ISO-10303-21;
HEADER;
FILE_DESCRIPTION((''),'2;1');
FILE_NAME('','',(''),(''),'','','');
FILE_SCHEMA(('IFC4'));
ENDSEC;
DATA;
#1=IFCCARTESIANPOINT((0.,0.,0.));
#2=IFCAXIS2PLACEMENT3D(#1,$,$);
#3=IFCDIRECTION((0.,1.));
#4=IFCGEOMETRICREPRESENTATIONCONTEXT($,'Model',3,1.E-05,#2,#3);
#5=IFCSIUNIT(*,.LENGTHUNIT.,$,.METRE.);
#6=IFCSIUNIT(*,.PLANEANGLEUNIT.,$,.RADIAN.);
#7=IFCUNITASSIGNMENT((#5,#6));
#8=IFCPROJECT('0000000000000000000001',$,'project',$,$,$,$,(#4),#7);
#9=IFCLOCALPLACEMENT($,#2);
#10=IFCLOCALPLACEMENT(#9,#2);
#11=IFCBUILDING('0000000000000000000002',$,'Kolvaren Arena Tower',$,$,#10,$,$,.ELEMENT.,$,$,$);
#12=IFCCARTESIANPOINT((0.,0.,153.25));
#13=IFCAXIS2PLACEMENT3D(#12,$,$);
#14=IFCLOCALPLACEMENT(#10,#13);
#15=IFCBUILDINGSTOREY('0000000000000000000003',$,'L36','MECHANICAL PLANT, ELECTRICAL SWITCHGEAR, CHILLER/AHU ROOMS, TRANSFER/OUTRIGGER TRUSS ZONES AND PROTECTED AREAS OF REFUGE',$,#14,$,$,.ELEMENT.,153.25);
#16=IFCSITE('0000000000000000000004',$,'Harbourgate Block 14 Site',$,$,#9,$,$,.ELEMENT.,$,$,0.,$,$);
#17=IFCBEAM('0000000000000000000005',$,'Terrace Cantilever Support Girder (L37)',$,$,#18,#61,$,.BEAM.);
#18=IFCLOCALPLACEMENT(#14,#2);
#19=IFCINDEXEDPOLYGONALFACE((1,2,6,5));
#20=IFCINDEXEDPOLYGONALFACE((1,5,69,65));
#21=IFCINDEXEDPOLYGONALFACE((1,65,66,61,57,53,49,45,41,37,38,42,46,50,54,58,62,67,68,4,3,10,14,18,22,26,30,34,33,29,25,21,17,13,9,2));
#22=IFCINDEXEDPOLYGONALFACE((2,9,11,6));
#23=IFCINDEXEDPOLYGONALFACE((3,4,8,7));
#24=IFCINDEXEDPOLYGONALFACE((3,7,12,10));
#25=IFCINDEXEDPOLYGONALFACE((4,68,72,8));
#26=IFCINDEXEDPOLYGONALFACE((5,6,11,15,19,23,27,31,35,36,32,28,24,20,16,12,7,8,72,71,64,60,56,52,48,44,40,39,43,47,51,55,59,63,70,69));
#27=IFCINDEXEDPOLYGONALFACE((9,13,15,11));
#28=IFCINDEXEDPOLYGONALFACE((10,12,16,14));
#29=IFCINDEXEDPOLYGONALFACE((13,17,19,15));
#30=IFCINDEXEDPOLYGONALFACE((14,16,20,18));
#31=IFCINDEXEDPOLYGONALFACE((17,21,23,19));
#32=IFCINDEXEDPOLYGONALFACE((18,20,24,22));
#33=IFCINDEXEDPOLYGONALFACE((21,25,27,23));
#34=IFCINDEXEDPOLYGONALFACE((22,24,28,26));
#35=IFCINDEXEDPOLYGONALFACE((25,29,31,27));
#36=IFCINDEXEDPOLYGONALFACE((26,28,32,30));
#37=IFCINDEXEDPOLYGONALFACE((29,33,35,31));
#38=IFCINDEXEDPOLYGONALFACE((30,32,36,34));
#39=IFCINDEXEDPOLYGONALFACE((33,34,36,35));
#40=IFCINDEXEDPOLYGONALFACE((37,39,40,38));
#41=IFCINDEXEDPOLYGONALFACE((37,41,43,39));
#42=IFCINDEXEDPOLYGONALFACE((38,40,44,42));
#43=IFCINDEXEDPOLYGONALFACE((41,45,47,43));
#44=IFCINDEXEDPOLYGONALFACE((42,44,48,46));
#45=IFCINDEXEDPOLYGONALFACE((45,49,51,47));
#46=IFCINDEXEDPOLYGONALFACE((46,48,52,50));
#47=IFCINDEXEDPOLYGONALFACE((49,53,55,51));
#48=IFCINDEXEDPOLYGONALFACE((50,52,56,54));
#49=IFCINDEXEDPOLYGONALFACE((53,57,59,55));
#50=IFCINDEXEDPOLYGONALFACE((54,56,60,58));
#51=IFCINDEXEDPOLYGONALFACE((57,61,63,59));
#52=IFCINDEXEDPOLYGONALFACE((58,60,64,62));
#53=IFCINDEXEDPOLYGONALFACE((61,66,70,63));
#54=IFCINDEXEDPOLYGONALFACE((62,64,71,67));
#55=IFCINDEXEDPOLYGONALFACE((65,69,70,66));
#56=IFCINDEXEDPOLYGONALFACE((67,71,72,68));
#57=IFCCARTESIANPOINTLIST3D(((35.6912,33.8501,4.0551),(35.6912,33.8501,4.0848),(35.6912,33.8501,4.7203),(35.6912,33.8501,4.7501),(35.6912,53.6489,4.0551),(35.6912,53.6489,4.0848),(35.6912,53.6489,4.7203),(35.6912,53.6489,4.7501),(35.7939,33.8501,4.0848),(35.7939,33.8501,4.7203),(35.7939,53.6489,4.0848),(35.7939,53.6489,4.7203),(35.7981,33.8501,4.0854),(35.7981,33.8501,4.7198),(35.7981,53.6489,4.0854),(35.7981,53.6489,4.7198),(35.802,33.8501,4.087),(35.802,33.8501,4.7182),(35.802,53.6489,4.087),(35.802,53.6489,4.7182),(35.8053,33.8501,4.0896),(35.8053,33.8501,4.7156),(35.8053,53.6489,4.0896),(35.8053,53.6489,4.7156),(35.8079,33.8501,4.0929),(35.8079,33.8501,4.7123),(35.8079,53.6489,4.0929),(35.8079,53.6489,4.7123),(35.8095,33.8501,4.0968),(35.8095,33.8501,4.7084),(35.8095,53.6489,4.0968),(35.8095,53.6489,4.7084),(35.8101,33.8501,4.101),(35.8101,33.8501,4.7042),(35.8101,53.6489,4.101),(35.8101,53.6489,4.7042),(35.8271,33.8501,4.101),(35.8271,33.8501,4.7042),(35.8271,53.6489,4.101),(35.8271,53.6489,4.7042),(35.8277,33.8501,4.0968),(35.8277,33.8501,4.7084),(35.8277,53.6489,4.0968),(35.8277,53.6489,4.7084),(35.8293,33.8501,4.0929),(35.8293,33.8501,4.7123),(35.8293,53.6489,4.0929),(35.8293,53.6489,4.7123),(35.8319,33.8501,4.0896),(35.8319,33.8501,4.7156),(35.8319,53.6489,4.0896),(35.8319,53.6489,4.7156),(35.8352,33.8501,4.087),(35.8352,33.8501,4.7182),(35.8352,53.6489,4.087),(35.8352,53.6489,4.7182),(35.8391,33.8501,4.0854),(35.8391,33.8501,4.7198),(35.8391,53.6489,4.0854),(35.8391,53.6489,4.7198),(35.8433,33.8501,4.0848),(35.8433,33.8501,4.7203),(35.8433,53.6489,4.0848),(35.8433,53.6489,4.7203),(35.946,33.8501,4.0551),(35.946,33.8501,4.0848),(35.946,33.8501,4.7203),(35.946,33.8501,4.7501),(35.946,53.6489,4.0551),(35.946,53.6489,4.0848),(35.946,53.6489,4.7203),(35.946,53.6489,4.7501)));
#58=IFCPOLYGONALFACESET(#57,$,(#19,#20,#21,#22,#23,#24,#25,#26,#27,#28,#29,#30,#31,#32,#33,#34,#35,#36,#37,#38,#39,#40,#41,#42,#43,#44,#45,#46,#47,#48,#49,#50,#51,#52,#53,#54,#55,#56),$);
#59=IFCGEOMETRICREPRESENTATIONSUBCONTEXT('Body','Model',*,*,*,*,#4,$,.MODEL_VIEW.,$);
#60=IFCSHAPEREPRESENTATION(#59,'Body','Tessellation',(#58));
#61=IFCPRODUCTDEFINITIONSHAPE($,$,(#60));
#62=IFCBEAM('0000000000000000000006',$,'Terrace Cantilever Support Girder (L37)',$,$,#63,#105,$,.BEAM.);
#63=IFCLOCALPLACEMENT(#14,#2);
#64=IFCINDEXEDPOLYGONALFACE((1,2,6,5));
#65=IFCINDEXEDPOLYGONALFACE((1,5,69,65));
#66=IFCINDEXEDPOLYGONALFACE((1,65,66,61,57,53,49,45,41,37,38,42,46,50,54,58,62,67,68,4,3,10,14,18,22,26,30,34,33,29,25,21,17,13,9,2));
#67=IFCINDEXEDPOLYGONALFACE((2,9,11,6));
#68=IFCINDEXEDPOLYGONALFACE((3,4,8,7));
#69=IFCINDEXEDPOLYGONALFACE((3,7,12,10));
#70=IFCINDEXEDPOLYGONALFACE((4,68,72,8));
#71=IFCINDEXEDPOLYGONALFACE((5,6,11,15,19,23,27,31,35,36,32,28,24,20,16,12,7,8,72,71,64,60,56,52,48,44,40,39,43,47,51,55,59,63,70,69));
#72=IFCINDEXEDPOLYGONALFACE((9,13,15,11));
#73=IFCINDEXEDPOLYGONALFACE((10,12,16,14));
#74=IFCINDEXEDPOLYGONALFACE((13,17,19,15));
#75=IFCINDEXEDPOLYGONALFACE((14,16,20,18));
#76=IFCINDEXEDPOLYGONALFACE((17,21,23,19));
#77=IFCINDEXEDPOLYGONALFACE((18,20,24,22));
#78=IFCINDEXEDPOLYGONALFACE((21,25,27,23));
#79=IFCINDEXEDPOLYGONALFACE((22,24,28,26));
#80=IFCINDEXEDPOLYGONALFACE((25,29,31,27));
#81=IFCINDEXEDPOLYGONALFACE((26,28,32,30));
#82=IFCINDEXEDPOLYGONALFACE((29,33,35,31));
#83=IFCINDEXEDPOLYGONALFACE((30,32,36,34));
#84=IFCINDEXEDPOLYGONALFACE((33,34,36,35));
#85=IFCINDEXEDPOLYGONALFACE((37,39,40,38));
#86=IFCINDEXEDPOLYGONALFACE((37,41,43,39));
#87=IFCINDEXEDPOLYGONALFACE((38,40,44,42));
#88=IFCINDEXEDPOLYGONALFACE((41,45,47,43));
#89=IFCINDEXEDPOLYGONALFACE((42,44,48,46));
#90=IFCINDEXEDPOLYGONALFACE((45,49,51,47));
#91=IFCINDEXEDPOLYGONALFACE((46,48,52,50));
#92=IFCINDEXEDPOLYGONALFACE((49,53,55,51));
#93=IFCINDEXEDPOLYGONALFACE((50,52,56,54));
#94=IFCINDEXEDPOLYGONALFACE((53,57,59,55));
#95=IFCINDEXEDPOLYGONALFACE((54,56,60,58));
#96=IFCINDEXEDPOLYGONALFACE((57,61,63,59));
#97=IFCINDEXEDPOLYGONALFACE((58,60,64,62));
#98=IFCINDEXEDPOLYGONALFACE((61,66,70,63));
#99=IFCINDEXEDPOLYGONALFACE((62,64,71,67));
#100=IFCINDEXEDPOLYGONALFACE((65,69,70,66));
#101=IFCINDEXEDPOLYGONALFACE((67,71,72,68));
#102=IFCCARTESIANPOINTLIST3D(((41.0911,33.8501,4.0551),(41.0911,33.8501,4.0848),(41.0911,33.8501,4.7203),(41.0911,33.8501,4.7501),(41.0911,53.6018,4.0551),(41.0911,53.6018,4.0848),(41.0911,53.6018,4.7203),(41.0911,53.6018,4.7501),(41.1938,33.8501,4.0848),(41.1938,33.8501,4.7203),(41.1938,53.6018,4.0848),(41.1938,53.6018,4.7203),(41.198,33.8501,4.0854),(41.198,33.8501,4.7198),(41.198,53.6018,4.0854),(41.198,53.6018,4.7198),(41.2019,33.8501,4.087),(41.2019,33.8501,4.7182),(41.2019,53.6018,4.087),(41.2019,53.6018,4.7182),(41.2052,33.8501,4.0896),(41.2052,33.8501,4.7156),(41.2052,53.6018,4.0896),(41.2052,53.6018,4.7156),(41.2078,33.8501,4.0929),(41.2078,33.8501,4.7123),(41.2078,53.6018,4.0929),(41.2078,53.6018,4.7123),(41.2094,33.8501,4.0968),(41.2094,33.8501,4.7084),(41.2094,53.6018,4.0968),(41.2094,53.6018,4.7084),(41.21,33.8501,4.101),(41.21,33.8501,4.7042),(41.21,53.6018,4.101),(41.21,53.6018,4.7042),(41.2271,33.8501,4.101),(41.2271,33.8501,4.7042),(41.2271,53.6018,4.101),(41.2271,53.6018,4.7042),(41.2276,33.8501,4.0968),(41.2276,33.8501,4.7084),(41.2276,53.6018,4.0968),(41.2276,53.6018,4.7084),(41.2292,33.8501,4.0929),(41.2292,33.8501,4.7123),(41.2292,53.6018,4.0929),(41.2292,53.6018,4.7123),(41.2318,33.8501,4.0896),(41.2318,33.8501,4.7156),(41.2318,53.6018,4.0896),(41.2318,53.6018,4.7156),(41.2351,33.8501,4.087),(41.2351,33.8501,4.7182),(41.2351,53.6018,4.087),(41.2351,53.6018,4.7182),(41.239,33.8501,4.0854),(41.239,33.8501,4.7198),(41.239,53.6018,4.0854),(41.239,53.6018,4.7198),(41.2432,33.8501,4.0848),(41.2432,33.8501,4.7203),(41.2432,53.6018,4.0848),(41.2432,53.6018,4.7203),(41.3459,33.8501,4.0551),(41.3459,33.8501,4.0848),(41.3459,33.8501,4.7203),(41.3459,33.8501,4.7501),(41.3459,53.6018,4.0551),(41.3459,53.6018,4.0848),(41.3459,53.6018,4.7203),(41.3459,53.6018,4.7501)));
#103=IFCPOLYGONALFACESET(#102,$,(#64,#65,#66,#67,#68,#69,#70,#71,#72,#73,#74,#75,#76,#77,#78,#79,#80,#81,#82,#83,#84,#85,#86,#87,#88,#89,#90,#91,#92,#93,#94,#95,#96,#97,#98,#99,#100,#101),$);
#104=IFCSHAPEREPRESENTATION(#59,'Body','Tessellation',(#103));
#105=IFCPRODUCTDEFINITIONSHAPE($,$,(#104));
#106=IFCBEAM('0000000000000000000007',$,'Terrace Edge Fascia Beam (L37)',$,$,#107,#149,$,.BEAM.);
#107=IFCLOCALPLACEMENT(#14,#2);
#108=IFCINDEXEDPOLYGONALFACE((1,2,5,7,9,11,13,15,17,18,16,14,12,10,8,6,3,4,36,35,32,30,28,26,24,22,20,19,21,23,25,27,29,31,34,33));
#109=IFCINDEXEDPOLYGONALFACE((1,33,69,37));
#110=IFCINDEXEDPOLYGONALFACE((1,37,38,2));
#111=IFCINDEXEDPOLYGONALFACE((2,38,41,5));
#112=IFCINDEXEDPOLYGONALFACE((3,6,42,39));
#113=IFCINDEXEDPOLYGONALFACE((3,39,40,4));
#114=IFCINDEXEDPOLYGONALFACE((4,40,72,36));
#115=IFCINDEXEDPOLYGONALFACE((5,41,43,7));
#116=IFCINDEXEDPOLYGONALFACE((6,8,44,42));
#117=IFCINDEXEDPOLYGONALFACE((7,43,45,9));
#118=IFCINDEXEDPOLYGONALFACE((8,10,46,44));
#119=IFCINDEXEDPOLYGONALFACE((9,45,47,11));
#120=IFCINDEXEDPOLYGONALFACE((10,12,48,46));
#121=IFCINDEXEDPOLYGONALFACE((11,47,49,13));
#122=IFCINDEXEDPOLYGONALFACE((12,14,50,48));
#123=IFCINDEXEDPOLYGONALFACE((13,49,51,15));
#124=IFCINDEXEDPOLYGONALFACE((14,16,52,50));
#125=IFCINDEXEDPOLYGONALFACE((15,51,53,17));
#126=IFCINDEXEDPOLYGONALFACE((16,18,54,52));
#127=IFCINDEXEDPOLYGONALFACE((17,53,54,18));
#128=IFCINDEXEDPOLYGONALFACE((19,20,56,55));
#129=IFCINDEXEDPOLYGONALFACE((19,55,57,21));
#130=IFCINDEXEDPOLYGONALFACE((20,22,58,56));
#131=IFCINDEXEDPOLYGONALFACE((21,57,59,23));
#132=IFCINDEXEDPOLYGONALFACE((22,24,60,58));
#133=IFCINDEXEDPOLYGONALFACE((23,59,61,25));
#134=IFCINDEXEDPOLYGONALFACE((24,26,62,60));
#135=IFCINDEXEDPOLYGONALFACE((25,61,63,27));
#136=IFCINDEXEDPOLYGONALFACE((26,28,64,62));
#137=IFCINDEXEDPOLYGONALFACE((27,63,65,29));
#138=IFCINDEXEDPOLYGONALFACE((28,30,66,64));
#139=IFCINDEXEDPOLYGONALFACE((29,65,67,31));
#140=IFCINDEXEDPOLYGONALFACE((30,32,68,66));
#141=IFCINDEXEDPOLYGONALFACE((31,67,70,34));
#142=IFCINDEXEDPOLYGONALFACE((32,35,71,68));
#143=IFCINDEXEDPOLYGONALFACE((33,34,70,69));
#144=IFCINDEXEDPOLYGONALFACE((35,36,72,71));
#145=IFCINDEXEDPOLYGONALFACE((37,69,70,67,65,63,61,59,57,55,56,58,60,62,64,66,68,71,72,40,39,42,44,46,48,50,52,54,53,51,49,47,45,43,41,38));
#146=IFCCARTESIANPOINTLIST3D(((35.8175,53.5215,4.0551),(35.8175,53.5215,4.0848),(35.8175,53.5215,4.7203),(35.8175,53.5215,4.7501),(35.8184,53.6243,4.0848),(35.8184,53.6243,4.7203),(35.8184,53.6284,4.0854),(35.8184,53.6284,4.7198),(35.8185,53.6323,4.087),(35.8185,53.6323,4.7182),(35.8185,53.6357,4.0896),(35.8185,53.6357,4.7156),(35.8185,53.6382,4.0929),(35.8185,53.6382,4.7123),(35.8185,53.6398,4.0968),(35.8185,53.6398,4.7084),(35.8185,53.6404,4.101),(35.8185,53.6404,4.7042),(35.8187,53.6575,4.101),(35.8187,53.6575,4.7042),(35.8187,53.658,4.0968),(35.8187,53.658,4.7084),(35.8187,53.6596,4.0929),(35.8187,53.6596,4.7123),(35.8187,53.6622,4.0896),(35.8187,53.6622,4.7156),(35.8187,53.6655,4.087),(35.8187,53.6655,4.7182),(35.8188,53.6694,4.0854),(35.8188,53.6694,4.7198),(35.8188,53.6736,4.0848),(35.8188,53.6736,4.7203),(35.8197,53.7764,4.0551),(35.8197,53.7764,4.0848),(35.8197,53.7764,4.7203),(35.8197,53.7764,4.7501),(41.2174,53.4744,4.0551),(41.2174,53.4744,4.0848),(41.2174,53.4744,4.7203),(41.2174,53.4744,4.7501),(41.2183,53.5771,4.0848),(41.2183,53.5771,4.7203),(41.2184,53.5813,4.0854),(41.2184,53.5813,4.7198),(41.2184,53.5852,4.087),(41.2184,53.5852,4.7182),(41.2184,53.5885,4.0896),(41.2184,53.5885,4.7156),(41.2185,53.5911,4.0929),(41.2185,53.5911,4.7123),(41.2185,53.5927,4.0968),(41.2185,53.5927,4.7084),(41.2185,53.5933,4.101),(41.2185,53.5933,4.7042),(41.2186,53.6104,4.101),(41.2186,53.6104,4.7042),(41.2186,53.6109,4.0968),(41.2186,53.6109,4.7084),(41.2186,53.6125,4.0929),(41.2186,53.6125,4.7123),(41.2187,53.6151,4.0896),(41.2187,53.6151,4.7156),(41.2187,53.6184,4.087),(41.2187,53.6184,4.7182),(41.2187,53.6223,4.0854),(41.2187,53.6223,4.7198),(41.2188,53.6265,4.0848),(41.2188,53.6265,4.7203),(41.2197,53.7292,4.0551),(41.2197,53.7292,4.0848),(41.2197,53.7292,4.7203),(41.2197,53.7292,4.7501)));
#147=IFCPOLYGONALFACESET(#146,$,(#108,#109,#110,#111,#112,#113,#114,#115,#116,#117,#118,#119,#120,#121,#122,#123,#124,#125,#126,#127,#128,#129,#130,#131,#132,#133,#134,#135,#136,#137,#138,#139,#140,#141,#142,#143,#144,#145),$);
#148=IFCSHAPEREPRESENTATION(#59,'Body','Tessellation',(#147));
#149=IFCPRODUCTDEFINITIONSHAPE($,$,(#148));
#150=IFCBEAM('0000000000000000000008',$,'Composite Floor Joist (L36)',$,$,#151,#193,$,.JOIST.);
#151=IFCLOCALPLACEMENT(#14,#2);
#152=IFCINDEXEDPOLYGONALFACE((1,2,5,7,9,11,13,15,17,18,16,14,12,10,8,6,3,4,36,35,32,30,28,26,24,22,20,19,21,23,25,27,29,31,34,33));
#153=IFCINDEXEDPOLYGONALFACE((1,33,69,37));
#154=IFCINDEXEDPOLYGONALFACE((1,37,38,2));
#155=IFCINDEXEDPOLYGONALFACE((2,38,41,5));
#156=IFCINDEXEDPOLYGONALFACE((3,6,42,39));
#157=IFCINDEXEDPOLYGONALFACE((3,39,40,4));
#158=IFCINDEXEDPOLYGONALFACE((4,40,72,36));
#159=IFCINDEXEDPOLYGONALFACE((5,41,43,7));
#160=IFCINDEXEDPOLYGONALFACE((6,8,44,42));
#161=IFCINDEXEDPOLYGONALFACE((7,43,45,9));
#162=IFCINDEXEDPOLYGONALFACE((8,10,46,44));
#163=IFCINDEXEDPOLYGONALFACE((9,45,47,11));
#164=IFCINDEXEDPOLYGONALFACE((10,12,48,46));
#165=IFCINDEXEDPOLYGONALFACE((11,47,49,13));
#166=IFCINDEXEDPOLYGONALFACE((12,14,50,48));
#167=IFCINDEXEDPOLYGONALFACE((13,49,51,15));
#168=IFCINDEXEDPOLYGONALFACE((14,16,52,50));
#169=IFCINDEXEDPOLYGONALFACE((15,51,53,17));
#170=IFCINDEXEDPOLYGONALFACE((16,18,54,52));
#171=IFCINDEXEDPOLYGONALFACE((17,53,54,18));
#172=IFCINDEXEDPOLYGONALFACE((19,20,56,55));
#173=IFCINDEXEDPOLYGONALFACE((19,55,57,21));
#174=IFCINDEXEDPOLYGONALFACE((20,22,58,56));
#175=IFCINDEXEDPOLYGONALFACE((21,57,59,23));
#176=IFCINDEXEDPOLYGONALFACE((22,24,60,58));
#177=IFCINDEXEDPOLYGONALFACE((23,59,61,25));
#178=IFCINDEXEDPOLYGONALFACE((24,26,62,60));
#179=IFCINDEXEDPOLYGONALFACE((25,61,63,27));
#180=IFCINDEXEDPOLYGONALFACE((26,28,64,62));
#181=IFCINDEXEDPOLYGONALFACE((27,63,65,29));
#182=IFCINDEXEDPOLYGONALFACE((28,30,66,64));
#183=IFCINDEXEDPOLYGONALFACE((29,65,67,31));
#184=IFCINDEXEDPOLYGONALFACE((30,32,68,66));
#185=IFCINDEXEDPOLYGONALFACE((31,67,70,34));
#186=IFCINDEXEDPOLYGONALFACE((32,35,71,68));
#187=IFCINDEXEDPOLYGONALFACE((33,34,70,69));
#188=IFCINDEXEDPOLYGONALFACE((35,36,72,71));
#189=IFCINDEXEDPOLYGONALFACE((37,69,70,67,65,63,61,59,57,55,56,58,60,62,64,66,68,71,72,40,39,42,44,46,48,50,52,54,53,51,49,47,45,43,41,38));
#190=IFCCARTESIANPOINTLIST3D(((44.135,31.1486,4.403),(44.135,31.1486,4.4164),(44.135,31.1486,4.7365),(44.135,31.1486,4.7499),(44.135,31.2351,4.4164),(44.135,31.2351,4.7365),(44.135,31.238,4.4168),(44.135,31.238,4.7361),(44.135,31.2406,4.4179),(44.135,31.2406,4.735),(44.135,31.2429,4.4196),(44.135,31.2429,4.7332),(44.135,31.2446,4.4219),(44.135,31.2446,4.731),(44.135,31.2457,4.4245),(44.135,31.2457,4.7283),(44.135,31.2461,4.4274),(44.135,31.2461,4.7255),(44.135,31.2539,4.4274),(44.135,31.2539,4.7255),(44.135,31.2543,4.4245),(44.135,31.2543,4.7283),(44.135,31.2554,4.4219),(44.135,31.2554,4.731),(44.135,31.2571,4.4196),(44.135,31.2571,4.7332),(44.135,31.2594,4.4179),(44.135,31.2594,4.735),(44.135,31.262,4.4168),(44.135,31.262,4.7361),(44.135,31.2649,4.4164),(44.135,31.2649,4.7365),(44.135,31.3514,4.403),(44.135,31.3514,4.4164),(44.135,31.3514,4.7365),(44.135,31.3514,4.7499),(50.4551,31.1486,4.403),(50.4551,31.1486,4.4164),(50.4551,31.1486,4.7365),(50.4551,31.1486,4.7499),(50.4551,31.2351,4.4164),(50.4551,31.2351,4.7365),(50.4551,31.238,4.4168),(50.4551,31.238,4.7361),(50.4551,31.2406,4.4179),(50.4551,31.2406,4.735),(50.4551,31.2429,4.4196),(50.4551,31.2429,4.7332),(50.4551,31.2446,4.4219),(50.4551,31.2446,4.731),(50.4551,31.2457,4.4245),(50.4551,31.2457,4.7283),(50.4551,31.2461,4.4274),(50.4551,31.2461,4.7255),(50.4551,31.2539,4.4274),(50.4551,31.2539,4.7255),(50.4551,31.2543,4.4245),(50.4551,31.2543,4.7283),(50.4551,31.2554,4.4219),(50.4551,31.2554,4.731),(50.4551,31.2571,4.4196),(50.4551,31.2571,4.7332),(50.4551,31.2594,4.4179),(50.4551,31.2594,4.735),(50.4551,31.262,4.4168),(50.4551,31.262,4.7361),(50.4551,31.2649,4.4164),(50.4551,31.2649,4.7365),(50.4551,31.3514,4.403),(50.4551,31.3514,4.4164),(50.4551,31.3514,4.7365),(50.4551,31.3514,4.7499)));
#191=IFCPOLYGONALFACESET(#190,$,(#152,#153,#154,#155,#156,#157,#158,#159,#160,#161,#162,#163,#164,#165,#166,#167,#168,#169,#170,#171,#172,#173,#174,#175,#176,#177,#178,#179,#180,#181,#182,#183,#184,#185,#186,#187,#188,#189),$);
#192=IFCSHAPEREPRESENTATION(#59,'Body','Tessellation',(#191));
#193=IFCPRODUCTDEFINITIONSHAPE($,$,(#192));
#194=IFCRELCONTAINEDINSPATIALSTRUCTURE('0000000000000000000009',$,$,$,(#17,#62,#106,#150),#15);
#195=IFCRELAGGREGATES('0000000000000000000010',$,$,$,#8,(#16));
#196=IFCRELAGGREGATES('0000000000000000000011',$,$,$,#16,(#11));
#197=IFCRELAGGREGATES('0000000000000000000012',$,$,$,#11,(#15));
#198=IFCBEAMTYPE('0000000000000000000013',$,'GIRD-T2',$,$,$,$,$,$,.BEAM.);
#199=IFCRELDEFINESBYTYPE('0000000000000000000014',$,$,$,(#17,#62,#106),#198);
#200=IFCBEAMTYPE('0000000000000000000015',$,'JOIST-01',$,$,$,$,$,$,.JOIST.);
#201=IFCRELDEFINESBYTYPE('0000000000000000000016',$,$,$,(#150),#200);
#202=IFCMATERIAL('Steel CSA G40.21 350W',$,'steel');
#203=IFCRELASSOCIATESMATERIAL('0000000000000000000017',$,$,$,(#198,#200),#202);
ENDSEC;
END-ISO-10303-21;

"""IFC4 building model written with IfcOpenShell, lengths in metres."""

from ifc_helpers import new_model, si_unit, direction, frame, origin, origin_2d, place, context, subcontext, project, spatial, i_section, extrude, material, material_profile, profile_set, type_object, element, save


model = new_model("IFC4")

# Units and contexts
model_context = context("Model", 3, precision=1e-05, world=origin(), true_north=direction((0.0, 1.0)))
body_context = subcontext(model_context, "Body", "Model", "MODEL_VIEW")
ifc_project = project(units=[si_unit("LENGTHUNIT", "METRE"), si_unit("PLANEANGLEUNIT", "RADIAN")], contexts=[model_context])

# Site, building, storey
site_placement = place(None, origin())
site = spatial("IfcSite", under=ifc_project, at=site_placement, Name="Harbourgate Block 14 Site", CompositionType="ELEMENT", RefElevation=0.0)
building_placement = place(site_placement, origin())
building = spatial("IfcBuilding", under=site, at=building_placement, Name="Kolvaren Arena Tower", CompositionType="ELEMENT")
storey_placement = place(building_placement, frame((0.0, 0.0, 153.25)))
storey = spatial("IfcBuildingStorey", under=building, at=storey_placement, Name="L36", Description="MECHANICAL PLANT, ELECTRICAL SWITCHGEAR, CHILLER/AHU ROOMS, TRANSFER/OUTRIGGER TRUSS ZONES AND PROTECTED AREAS OF REFUGE", CompositionType="ELEMENT", Elevation=153.25)

# Shared definitions
ifc_material_1 = material(Name="Steel CSA G40.21 350W", Category="steel")

# Beams
ifc_material_profile_1 = material_profile(ifc_material_1, i_section(OverallWidth=0.2549, OverallDepth=0.6951, WebThickness=0.0171, FlangeThickness=0.0298, FilletRadius=0.0161, at=origin_2d()), Name="W690x217")
ifc_profile_set_1 = profile_set([ifc_material_profile_1], Name="Steel CSA G40.21 350W")
beam_type_1 = type_object("IfcBeamType", Name="GIRD-T2", PredefinedType="BEAM", material=ifc_profile_set_1)
beam_1_placement = place(storey_placement, frame((35.8186, 33.8501, 4.4026), z_axis=(0.0, 1.0, 0.0), x_axis=(-1.0, 0.0, 0.0)))
element("IfcBeam", 1, at=beam_1_placement, inside=storey, type_object=beam_type_1, Name="Terrace Cantilever Support Girder (L37)", PredefinedType="BEAM", context=body_context, shape_type="SweptSolid", body=[
    extrude(i_section(OverallWidth=0.2549, OverallDepth=0.6951, WebThickness=0.0171, FlangeThickness=0.0298, FilletRadius=0.0161, at=origin_2d()), origin(), (0.0, 0.0, 1.0), 19.7988),
])
beam_2_placement = place(storey_placement, frame((41.2185, 33.8501, 4.4026), z_axis=(0.0, 1.0, 0.0), x_axis=(-1.0, 0.0, 0.0)))
element("IfcBeam", 2, at=beam_2_placement, inside=storey, type_object=beam_type_1, Name="Terrace Cantilever Support Girder (L37)", PredefinedType="BEAM", context=body_context, shape_type="SweptSolid", body=[
    extrude(i_section(OverallWidth=0.2549, OverallDepth=0.6951, WebThickness=0.0171, FlangeThickness=0.0298, FilletRadius=0.0161, at=origin_2d()), origin(), (0.0, 0.0, 1.0), 19.7517),
])
beam_3_placement = place(storey_placement, frame((35.8186, 53.6489, 4.4026), z_axis=(0.999962, -0.008726, 0.0), x_axis=(0.008726, 0.999962, 0.0)))
element("IfcBeam", 3, at=beam_3_placement, inside=storey, type_object=beam_type_1, Name="Terrace Edge Fascia Beam (L37)", PredefinedType="BEAM", context=body_context, shape_type="SweptSolid", body=[
    extrude(i_section(OverallWidth=0.2549, OverallDepth=0.6951, WebThickness=0.0171, FlangeThickness=0.0298, FilletRadius=0.0161, at=origin_2d()), origin(), (0.0, 0.0, 1.0), 5.4001),
])
ifc_material_profile_2 = material_profile(ifc_material_1, i_section(OverallWidth=0.2029, OverallDepth=0.3469, WebThickness=0.0078, FlangeThickness=0.0134, FilletRadius=0.011, at=origin_2d()), Name="W360x64")
ifc_profile_set_2 = profile_set([ifc_material_profile_2], Name="Steel CSA G40.21 350W")
beam_type_2 = type_object("IfcBeamType", Name="JOIST-01", PredefinedType="JOIST", material=ifc_profile_set_2)
beam_4_placement = place(storey_placement, frame((44.135, 31.25, 4.5764), z_axis=(1.0, 0.0, 0.0), x_axis=(0.0, 1.0, 0.0)))
element("IfcBeam", 4, at=beam_4_placement, inside=storey, type_object=beam_type_2, Name="Composite Floor Joist (L36)", PredefinedType="JOIST", context=body_context, shape_type="SweptSolid", body=[
    extrude(i_section(OverallWidth=0.2029, OverallDepth=0.3469, WebThickness=0.0078, FlangeThickness=0.0134, FilletRadius=0.011, at=origin_2d()), origin(), (0.0, 0.0, 1.0), 6.3201),
])

save(model, "model.ifc")
